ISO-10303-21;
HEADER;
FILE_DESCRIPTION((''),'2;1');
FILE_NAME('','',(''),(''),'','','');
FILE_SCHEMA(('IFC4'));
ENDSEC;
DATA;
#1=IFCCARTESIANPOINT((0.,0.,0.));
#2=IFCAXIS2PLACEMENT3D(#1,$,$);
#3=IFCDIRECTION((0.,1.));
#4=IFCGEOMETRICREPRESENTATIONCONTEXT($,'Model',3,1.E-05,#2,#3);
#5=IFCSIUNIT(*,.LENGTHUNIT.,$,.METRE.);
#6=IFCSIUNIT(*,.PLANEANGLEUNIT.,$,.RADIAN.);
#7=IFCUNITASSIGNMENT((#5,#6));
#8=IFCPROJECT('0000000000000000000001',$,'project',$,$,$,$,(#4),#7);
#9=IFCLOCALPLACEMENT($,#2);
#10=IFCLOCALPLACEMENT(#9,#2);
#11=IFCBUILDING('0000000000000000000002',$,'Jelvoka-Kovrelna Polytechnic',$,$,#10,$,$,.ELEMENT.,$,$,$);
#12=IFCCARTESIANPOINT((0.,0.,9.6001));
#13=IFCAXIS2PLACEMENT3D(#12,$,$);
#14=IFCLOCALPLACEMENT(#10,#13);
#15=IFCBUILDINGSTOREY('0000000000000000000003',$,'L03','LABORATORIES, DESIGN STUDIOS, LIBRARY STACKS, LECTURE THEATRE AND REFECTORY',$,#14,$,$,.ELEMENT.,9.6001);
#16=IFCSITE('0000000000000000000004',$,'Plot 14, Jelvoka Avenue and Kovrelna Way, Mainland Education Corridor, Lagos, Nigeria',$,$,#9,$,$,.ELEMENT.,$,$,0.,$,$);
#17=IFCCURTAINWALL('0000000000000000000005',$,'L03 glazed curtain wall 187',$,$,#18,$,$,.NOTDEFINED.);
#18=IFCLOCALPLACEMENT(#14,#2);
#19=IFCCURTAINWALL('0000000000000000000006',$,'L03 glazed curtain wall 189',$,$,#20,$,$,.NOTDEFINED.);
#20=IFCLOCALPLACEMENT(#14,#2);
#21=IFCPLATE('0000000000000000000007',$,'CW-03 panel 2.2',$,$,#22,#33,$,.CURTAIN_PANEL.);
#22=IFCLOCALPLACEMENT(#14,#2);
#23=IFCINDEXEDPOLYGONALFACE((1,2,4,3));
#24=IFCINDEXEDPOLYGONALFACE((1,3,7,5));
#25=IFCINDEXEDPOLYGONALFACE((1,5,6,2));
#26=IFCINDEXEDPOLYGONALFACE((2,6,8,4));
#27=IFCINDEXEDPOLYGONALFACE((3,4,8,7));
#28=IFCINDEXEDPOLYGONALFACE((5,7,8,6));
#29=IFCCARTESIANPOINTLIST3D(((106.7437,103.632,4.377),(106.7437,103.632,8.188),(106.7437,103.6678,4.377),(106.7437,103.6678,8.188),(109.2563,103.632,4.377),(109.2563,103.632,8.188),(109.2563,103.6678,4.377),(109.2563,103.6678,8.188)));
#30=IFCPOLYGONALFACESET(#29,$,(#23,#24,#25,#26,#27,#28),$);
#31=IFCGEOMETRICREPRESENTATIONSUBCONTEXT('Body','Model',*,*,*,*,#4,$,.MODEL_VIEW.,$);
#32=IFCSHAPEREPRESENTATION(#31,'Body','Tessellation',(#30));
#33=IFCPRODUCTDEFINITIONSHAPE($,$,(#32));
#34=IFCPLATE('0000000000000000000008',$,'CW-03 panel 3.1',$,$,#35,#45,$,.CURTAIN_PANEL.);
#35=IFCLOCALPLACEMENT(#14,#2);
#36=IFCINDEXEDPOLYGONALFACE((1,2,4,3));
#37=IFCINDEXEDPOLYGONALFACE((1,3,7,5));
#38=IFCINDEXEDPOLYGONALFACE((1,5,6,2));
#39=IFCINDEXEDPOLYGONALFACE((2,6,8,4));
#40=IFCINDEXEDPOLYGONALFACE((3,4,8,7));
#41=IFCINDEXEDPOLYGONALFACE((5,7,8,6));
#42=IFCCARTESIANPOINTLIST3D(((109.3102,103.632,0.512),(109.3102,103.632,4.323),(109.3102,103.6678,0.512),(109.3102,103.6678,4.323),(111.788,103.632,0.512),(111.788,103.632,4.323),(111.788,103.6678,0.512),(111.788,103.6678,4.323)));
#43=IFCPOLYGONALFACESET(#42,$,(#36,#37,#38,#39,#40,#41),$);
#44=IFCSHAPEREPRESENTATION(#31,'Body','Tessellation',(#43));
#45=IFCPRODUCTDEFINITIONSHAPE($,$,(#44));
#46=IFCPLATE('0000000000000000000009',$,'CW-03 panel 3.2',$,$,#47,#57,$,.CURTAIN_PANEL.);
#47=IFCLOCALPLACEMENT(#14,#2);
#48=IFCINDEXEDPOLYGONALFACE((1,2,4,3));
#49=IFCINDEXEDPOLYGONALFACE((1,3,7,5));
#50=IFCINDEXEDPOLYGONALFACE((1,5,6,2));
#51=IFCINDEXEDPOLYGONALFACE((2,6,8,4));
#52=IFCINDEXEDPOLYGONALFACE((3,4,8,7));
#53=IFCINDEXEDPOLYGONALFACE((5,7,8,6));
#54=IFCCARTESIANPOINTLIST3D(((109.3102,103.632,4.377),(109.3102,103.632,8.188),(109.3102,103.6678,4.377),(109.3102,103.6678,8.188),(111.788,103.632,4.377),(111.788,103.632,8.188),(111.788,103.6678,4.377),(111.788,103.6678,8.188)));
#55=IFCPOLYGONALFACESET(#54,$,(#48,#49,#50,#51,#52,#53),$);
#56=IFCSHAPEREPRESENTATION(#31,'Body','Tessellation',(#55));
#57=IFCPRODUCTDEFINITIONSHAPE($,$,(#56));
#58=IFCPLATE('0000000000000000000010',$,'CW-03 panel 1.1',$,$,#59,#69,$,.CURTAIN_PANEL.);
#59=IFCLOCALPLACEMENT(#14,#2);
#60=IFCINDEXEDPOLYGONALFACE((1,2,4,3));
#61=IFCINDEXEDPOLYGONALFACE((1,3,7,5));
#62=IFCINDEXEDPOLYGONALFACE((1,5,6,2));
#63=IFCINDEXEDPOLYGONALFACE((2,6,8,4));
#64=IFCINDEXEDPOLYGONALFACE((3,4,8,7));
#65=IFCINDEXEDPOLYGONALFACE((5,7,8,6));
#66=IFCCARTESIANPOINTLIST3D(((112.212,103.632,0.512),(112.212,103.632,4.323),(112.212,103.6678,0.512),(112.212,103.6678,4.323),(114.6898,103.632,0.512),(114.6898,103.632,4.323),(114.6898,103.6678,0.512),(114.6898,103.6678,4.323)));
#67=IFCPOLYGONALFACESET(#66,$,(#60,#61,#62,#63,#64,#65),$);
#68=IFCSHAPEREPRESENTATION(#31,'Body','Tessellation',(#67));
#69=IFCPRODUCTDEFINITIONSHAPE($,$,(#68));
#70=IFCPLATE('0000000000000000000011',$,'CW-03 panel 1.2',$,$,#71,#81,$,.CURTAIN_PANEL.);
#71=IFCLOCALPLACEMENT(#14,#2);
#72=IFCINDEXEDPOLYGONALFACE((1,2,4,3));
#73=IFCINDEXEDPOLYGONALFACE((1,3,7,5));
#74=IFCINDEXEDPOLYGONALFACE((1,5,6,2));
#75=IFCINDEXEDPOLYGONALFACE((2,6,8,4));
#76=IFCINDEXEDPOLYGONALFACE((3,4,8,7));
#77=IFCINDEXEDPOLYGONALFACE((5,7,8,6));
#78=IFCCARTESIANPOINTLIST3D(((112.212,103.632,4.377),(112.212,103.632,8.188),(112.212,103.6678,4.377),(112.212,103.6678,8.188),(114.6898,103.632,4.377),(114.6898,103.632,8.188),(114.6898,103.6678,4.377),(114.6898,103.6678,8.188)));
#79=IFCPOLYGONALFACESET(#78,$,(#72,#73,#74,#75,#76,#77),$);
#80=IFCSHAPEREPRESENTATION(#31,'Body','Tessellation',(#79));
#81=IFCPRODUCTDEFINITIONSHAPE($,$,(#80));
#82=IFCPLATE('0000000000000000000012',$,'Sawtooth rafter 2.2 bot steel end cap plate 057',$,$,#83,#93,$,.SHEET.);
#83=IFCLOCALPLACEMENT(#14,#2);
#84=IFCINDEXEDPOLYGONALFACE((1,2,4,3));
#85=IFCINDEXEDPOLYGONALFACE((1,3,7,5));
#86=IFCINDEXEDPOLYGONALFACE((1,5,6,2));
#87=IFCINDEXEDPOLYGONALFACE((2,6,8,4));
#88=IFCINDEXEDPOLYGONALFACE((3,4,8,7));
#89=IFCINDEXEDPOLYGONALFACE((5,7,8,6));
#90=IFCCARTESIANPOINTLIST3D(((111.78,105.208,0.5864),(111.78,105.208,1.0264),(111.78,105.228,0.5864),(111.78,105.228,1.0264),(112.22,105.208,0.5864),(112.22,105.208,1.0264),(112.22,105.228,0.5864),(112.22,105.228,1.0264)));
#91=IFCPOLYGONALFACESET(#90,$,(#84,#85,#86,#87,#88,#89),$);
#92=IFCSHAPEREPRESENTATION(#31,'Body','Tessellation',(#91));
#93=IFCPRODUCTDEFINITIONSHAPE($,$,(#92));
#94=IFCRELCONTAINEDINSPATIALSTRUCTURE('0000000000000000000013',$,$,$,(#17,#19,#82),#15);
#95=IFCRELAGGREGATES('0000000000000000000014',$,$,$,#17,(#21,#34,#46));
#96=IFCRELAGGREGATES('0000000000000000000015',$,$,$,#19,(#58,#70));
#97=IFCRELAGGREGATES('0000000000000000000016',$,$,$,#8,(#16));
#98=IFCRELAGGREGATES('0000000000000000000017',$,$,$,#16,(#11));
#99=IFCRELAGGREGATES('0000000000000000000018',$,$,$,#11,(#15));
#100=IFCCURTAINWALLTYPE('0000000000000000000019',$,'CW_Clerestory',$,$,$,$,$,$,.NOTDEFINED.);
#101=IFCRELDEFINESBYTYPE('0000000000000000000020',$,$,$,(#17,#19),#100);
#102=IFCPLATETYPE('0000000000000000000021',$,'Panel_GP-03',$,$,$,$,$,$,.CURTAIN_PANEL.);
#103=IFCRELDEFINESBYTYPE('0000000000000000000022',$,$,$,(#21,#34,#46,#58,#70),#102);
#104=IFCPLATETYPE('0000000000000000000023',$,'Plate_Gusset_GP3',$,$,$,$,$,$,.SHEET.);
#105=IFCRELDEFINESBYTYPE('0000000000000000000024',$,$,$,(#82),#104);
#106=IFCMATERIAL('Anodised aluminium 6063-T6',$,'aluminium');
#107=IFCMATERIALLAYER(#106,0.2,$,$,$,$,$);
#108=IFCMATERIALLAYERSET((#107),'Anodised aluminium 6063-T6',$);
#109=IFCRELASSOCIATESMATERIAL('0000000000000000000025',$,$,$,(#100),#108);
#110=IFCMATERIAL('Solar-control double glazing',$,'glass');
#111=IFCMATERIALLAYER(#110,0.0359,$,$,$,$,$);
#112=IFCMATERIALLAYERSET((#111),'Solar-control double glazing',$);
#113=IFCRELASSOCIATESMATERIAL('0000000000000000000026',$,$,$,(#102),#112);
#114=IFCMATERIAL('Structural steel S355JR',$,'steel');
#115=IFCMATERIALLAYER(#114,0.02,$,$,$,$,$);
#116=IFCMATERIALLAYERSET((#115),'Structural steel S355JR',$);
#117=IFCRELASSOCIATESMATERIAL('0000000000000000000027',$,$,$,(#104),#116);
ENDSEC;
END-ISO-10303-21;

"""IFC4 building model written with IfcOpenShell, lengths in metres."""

from ifc_helpers import new_model, si_unit, direction, frame, origin, origin_2d, place, context, subcontext, project, spatial, rectangle, extrude, material, layer, layer_set, type_object, element, aggregate, save


model = new_model("IFC4")

# Units and contexts
model_context = context("Model", 3, precision=1e-05, world=origin(), true_north=direction((0.0, 1.0)))
body_context = subcontext(model_context, "Body", "Model", "MODEL_VIEW")
ifc_project = project(units=[si_unit("LENGTHUNIT", "METRE"), si_unit("PLANEANGLEUNIT", "RADIAN")], contexts=[model_context])

# Site, building, storey
site_placement = place(None, origin())
site = spatial("IfcSite", under=ifc_project, at=site_placement, Name="Plot 14, Jelvoka Avenue and Kovrelna Way, Mainland Education Corridor, Lagos, Nigeria", CompositionType="ELEMENT", RefElevation=0.0)
building_placement = place(site_placement, origin())
building = spatial("IfcBuilding", under=site, at=building_placement, Name="Jelvoka-Kovrelna Polytechnic", CompositionType="ELEMENT")
storey_placement = place(building_placement, frame((0.0, 0.0, 9.6001)))
storey = spatial("IfcBuildingStorey", under=building, at=storey_placement, Name="L03", Description="LABORATORIES, DESIGN STUDIOS, LIBRARY STACKS, LECTURE THEATRE AND REFECTORY", CompositionType="ELEMENT", Elevation=9.6001)

# Curtain walls
ifc_material_1 = material(Name="Anodised aluminium 6063-T6", Category="aluminium")
ifc_layer_1 = layer(ifc_material_1, 0.2)
ifc_layer_set_1 = layer_set([ifc_layer_1], Name="Anodised aluminium 6063-T6")
curtain_wall_type = type_object("IfcCurtainWallType", Name="CW_Clerestory", PredefinedType="NOTDEFINED", material=ifc_layer_set_1)
curtain_wall_1_placement = place(storey_placement, origin())
curtain_wall_1 = element("IfcCurtainWall", 1, at=curtain_wall_1_placement, inside=storey, type_object=curtain_wall_type, Name="L03 glazed curtain wall 187", PredefinedType="NOTDEFINED")
curtain_wall_2_placement = place(storey_placement, origin())
curtain_wall_2 = element("IfcCurtainWall", 2, at=curtain_wall_2_placement, inside=storey, type_object=curtain_wall_type, Name="L03 glazed curtain wall 189", PredefinedType="NOTDEFINED")

# Plates
ifc_material_2 = material(Name="Solar-control double glazing", Category="glass")
ifc_layer_2 = layer(ifc_material_2, 0.0359)
ifc_layer_set_2 = layer_set([ifc_layer_2], Name="Solar-control double glazing")
plate_type_1 = type_object("IfcPlateType", Name="Panel_GP-03", PredefinedType="CURTAIN_PANEL", material=ifc_layer_set_2)
plate_1_placement = place(storey_placement, frame((108.0, 103.6499, 4.377), z_axis=(0.0, 0.0, 1.0), x_axis=(1.0, 0.0, 0.0)))
plate_1 = element("IfcPlate", 3, at=plate_1_placement, type_object=plate_type_1, Name="CW-03 panel 2.2", PredefinedType="CURTAIN_PANEL", context=body_context, shape_type="SweptSolid", body=[
    extrude(rectangle(XDim=2.5127, YDim=0.0359, at=origin_2d()), origin(), (0.0, 0.0, 1.0), 3.811),
])
plate_2_placement = place(storey_placement, frame((110.5491, 103.6499, 0.512), z_axis=(0.0, 0.0, 1.0), x_axis=(1.0, 0.0, 0.0)))
plate_2 = element("IfcPlate", 4, at=plate_2_placement, type_object=plate_type_1, Name="CW-03 panel 3.1", PredefinedType="CURTAIN_PANEL", context=body_context, shape_type="SweptSolid", body=[
    extrude(rectangle(XDim=2.4778, YDim=0.0359, at=origin_2d()), origin(), (0.0, 0.0, 1.0), 3.811),
])
plate_3_placement = place(storey_placement, frame((110.5491, 103.6499, 4.377), z_axis=(0.0, 0.0, 1.0), x_axis=(1.0, 0.0, 0.0)))
plate_3 = element("IfcPlate", 5, at=plate_3_placement, type_object=plate_type_1, Name="CW-03 panel 3.2", PredefinedType="CURTAIN_PANEL", context=body_context, shape_type="SweptSolid", body=[
    extrude(rectangle(XDim=2.4778, YDim=0.0359, at=origin_2d()), origin(), (0.0, 0.0, 1.0), 3.811),
])
aggregate(curtain_wall_1, [plate_1, plate_2, plate_3])
plate_4_placement = place(storey_placement, frame((113.4509, 103.6499, 0.512), z_axis=(0.0, 0.0, 1.0), x_axis=(1.0, 0.0, 0.0)))
plate_4 = element("IfcPlate", 6, at=plate_4_placement, type_object=plate_type_1, Name="CW-03 panel 1.1", PredefinedType="CURTAIN_PANEL", context=body_context, shape_type="SweptSolid", body=[
    extrude(rectangle(XDim=2.4778, YDim=0.0359, at=origin_2d()), origin(), (0.0, 0.0, 1.0), 3.811),
])
plate_5_placement = place(storey_placement, frame((113.4509, 103.6499, 4.377), z_axis=(0.0, 0.0, 1.0), x_axis=(1.0, 0.0, 0.0)))
plate_5 = element("IfcPlate", 7, at=plate_5_placement, type_object=plate_type_1, Name="CW-03 panel 1.2", PredefinedType="CURTAIN_PANEL", context=body_context, shape_type="SweptSolid", body=[
    extrude(rectangle(XDim=2.4778, YDim=0.0359, at=origin_2d()), origin(), (0.0, 0.0, 1.0), 3.811),
])
aggregate(curtain_wall_2, [plate_4, plate_5])
ifc_material_3 = material(Name="Structural steel S355JR", Category="steel")
ifc_layer_3 = layer(ifc_material_3, 0.02)
ifc_layer_set_3 = layer_set([ifc_layer_3], Name="Structural steel S355JR")
plate_type_2 = type_object("IfcPlateType", Name="Plate_Gusset_GP3", PredefinedType="SHEET", material=ifc_layer_set_3)
plate_6_placement = place(storey_placement, frame((112.0, 105.218, 0.5864), z_axis=(0.0, 0.0, 1.0), x_axis=(1.0, 0.0, 0.0)))
element("IfcPlate", 8, at=plate_6_placement, inside=storey, type_object=plate_type_2, Name="Sawtooth rafter 2.2 bot steel end cap plate 057", PredefinedType="SHEET", context=body_context, shape_type="SweptSolid", body=[
    extrude(rectangle(XDim=0.4399, YDim=0.02, at=origin_2d()), origin(), (0.0, 0.0, 1.0), 0.4399),
])

save(model, "model.ifc")
